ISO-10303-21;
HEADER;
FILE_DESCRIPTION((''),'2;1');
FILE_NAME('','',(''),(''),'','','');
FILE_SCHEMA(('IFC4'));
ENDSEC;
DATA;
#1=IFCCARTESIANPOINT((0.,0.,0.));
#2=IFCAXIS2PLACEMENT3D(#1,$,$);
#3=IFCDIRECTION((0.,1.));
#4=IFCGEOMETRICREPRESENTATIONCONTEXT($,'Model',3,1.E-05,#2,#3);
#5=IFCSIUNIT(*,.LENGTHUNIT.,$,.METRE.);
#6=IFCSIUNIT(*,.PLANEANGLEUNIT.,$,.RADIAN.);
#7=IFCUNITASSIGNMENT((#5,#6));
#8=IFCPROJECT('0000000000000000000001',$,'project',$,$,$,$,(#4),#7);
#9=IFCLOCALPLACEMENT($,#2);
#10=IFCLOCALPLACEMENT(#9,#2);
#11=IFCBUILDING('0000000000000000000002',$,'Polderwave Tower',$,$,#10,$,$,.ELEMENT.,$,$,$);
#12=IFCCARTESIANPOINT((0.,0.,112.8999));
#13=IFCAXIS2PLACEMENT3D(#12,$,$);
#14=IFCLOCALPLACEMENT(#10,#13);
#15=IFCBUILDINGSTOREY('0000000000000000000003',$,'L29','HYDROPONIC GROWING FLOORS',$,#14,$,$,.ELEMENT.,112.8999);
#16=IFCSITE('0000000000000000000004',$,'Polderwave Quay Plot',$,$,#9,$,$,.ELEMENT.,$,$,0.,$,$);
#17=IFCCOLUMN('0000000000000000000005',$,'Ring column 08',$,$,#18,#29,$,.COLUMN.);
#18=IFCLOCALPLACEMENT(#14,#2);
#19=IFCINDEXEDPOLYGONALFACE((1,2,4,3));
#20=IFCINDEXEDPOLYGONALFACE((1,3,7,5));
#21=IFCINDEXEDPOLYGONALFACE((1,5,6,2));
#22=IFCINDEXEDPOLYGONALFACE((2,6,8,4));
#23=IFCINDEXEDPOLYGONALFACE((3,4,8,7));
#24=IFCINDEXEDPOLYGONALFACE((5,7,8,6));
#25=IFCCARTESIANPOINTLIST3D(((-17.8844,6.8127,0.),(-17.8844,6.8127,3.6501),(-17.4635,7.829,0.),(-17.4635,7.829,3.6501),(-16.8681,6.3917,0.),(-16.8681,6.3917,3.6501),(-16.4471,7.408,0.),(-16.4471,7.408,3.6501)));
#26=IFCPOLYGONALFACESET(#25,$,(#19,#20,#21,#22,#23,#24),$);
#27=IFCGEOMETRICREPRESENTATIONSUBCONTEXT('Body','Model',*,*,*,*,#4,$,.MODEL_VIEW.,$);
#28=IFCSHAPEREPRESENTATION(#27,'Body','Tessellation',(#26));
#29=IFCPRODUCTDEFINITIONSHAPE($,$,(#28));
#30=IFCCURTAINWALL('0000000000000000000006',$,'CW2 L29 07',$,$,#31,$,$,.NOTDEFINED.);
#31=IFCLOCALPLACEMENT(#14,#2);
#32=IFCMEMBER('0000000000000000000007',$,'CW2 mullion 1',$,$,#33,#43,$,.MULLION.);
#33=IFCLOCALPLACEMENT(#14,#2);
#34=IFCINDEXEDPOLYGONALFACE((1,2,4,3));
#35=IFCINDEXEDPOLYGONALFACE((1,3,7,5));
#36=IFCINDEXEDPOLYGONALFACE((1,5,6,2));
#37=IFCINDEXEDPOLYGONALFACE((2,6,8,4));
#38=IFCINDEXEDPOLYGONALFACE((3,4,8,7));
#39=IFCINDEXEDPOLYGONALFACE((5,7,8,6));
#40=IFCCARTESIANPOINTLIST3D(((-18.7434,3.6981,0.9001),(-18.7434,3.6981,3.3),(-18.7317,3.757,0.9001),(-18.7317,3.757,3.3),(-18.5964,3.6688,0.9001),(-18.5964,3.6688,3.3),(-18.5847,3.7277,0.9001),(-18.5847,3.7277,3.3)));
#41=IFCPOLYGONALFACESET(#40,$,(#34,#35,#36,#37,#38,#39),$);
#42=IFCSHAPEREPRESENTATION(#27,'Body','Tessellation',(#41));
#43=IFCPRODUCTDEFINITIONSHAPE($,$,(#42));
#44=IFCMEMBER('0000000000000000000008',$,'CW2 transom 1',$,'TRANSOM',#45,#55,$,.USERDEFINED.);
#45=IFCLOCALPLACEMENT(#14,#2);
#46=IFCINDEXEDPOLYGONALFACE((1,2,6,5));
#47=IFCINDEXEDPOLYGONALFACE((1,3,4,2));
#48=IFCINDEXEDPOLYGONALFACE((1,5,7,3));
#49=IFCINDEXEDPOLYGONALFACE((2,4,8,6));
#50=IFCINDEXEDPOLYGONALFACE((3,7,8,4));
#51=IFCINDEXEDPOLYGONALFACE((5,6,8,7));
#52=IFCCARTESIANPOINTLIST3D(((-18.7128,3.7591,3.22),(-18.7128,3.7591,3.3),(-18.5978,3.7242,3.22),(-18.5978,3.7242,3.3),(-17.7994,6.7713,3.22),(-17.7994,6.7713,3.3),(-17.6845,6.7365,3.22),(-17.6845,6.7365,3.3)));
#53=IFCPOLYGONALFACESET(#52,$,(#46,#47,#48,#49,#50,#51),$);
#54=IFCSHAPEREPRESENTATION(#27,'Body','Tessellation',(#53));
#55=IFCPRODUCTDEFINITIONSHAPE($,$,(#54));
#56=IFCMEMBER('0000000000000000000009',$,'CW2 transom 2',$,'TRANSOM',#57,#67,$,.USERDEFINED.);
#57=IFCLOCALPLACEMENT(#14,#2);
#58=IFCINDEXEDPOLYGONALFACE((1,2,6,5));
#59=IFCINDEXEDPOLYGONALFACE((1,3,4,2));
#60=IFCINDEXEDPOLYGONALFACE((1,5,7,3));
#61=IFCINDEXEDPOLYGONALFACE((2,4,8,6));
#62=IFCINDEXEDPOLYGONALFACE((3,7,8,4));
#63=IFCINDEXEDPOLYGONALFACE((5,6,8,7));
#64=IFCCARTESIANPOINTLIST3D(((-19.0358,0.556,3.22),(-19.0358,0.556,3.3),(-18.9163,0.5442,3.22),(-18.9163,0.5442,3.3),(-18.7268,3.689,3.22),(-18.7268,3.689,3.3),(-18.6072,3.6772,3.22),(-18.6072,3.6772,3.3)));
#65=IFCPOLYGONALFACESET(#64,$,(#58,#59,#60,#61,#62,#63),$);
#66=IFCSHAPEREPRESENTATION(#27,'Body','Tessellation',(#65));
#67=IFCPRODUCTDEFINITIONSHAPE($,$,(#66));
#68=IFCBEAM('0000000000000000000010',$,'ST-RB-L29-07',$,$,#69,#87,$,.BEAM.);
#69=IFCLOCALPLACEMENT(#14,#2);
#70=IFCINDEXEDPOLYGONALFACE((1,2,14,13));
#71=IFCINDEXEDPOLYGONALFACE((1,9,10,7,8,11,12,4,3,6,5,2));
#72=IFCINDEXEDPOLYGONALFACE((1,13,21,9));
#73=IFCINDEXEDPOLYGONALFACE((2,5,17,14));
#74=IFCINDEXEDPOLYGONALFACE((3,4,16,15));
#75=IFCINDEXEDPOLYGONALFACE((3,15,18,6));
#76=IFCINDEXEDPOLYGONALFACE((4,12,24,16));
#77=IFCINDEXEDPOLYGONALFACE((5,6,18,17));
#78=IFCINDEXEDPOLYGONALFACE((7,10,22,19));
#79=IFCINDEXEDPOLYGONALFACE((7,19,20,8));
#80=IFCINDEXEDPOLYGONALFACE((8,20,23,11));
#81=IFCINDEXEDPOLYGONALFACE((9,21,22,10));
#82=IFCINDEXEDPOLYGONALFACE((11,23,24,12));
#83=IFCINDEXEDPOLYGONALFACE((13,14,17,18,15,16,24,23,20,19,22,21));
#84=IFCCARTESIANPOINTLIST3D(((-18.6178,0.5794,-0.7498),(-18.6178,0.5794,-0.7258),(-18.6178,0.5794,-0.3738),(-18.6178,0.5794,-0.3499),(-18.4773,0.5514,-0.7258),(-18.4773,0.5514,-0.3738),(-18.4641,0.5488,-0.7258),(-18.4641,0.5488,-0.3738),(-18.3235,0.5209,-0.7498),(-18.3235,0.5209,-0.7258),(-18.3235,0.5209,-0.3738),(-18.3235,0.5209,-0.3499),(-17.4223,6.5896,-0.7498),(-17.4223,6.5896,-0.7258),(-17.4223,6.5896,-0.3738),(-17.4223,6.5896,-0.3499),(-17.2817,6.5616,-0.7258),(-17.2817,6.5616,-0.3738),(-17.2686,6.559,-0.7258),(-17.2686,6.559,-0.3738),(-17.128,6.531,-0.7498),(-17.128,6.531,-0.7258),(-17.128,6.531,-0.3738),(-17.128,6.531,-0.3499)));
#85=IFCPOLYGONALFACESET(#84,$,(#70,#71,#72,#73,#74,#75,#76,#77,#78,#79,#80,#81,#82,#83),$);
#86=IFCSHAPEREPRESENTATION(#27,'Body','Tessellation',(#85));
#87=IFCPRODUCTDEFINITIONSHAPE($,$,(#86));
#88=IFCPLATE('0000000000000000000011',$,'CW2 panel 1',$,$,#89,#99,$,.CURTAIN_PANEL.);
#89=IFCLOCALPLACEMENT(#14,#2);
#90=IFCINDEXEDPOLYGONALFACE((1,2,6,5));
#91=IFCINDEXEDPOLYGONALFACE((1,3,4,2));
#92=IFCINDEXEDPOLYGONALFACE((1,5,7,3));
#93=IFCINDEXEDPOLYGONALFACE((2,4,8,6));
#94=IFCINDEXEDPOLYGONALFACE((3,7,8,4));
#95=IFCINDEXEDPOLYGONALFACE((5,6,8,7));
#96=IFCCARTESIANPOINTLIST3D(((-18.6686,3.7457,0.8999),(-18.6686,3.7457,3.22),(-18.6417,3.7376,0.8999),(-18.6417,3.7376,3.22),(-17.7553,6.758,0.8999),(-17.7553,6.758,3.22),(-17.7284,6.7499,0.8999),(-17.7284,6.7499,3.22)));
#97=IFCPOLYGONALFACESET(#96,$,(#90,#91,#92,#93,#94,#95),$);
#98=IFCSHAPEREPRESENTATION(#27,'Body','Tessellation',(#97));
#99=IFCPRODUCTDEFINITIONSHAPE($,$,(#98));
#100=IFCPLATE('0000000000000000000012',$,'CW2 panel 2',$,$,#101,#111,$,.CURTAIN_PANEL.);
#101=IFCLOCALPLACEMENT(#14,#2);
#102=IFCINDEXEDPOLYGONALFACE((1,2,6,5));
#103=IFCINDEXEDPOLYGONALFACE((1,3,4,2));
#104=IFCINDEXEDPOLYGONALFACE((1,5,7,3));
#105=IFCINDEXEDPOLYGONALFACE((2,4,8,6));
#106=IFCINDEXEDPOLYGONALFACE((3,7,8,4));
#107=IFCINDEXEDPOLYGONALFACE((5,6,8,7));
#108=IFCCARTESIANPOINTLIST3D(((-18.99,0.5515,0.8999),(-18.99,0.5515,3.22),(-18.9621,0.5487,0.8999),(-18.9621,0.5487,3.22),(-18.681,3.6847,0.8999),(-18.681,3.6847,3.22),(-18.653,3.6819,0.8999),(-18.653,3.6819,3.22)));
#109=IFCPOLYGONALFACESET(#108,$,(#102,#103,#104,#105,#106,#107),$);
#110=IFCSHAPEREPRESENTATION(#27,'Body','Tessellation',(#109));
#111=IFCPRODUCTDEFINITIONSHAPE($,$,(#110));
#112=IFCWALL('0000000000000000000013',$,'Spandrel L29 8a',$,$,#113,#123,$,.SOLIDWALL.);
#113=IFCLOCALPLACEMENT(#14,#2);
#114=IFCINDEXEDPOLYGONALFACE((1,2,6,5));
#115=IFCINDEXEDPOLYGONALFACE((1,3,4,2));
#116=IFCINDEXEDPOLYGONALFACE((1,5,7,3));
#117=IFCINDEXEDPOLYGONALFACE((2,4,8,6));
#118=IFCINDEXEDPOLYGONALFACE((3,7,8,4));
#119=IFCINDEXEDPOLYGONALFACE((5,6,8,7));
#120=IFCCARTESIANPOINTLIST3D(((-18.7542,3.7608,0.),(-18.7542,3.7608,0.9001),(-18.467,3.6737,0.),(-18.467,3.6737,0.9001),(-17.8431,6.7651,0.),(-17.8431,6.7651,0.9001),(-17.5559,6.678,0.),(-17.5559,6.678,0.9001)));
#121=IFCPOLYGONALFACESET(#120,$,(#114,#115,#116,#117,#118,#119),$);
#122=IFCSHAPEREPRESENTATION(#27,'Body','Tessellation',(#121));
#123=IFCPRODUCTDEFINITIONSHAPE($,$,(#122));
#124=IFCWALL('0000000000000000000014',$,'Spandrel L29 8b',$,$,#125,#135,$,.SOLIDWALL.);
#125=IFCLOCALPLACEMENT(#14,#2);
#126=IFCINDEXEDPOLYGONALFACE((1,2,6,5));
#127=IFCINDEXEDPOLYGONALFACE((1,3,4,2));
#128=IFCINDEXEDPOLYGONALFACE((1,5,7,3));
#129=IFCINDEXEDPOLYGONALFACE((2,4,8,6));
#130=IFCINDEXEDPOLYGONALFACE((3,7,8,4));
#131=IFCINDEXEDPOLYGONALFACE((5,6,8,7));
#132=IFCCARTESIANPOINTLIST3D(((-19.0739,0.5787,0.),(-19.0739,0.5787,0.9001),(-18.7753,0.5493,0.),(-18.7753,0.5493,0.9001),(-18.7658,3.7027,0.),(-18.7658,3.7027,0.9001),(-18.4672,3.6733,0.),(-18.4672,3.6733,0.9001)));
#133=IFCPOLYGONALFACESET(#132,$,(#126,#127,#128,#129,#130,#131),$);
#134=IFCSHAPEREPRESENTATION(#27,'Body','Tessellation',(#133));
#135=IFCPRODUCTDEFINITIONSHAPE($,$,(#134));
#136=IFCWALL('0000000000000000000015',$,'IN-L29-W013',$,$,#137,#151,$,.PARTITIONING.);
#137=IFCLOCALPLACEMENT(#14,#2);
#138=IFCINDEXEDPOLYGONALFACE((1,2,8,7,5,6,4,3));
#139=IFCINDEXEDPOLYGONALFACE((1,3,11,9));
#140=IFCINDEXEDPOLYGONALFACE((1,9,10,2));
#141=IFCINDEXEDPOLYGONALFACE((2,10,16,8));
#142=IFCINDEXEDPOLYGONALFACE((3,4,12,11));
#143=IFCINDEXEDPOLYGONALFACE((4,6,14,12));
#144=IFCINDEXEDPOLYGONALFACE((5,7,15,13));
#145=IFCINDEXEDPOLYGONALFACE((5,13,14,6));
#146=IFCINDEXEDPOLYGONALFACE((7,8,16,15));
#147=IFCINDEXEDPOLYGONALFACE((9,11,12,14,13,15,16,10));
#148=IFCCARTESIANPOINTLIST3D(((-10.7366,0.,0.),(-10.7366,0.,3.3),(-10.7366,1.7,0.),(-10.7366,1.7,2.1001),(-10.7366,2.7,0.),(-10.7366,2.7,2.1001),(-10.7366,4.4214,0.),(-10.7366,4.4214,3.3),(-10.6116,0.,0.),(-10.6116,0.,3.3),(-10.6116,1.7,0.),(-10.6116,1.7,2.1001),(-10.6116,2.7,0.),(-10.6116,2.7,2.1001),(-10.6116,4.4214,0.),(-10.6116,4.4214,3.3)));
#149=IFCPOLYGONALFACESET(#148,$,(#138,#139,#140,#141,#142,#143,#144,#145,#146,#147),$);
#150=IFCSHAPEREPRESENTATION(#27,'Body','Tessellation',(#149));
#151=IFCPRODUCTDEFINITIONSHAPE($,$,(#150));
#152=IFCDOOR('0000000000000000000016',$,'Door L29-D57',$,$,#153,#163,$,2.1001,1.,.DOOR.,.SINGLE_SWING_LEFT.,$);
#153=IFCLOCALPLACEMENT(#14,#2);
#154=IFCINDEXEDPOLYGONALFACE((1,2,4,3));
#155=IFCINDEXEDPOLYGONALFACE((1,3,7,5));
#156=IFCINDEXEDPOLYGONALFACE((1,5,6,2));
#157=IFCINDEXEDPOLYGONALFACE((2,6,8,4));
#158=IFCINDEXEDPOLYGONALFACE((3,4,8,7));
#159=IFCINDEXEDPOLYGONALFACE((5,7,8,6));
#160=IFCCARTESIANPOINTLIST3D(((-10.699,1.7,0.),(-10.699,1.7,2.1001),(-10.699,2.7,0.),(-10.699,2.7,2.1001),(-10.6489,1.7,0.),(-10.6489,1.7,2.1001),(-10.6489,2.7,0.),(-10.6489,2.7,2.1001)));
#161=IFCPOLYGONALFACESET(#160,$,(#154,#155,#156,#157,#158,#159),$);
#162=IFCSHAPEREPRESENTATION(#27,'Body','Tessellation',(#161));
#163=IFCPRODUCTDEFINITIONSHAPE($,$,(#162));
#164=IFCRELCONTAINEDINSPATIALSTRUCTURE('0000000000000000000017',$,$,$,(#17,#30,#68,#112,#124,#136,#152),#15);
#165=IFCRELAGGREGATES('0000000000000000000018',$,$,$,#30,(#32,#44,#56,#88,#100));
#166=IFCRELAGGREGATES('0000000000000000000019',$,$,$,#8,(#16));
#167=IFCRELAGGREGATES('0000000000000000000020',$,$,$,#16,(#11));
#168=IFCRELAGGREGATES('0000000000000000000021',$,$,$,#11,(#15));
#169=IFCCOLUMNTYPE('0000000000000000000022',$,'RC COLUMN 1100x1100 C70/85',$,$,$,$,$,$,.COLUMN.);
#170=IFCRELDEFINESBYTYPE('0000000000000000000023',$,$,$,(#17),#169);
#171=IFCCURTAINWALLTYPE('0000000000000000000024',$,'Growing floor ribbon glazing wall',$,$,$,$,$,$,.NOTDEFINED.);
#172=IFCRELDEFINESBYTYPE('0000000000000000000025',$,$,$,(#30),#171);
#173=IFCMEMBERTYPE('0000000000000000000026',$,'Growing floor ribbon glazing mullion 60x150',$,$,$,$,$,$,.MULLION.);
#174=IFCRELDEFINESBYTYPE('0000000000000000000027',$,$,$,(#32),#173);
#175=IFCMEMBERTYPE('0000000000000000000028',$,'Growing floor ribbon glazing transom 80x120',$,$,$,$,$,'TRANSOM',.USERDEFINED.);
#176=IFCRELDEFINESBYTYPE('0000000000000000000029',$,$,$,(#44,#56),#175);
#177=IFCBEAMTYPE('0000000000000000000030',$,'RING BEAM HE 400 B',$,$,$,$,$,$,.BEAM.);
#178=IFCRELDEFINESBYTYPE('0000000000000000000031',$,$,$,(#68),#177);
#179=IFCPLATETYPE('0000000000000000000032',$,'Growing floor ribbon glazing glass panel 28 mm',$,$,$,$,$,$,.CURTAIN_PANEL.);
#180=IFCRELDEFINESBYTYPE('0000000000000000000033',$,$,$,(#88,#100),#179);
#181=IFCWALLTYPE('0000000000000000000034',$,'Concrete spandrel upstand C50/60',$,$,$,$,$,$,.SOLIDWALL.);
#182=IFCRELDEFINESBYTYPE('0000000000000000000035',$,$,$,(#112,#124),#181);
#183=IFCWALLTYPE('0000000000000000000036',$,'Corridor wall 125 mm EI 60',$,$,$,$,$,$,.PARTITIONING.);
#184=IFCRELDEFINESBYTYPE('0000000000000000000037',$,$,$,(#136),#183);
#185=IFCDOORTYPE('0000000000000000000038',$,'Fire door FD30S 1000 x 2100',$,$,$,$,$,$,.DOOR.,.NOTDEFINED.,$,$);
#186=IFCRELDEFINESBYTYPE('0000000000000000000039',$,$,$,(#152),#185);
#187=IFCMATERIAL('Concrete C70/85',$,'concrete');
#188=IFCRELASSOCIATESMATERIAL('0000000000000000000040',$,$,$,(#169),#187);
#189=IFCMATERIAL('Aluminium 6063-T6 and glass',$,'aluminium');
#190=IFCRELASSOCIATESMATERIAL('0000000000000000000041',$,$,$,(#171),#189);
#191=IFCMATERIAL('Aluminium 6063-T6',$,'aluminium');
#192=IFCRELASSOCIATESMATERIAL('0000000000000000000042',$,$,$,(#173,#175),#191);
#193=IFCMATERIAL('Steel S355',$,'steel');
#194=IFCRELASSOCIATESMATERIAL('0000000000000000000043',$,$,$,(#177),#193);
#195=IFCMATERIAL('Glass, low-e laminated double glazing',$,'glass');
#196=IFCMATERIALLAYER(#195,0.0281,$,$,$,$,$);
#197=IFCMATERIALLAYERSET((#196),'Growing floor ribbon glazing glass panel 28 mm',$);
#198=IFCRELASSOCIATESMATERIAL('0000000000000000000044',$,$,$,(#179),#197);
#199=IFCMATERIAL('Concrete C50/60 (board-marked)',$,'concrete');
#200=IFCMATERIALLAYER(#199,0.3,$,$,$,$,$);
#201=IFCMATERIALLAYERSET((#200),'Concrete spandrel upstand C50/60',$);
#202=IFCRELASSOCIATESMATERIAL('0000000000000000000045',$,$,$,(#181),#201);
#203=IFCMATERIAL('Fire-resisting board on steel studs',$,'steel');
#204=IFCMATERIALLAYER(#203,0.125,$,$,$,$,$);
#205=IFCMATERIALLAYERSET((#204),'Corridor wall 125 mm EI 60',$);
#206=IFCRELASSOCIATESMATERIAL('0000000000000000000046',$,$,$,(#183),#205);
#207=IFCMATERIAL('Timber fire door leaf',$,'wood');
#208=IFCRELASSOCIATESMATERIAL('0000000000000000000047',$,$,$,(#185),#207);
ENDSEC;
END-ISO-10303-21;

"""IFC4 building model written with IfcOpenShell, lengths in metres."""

from ifc_helpers import new_model, si_unit, direction, frame, frame_2d, origin, origin_2d, place, context, subcontext, project, spatial, rectangle, i_section, extrude, material, layer, layer_set, material_profile, profile_set, type_object, element, fill, aggregate, save


model = new_model("IFC4")

# Units and contexts
model_context = context("Model", 3, precision=1e-05, world=origin(), true_north=direction((0.0, 1.0)))
body_context = subcontext(model_context, "Body", "Model", "MODEL_VIEW")
ifc_project = project(units=[si_unit("LENGTHUNIT", "METRE"), si_unit("PLANEANGLEUNIT", "RADIAN")], contexts=[model_context])

# Site, building, storey
site_placement = place(None, origin())
site = spatial("IfcSite", under=ifc_project, at=site_placement, Name="Polderwave Quay Plot", CompositionType="ELEMENT", RefElevation=0.0)
building_placement = place(site_placement, origin())
building = spatial("IfcBuilding", under=site, at=building_placement, Name="Polderwave Tower", CompositionType="ELEMENT")
storey_placement = place(building_placement, frame((0.0, 0.0, 112.8999)))
storey = spatial("IfcBuildingStorey", under=building, at=storey_placement, Name="L29", Description="HYDROPONIC GROWING FLOORS", CompositionType="ELEMENT", Elevation=112.8999)

# Column
ifc_material_1 = material(Name="Concrete C70/85", Category="concrete")
ifc_material_profile_1 = material_profile(ifc_material_1, rectangle(XDim=1.1001, YDim=1.1001, at=origin_2d()), Name="RC 1100x1100")
ifc_profile_set_1 = profile_set([ifc_material_profile_1], Name="Concrete C70/85")
column_type = type_object("IfcColumnType", Name="RC COLUMN 1100x1100 C70/85", PredefinedType="COLUMN", material=ifc_profile_set_1)
column_placement = place(storey_placement, frame((-17.1658, 7.1104, 0.0), z_axis=(0.0, 0.0, 1.0), x_axis=(-0.92388, 0.382683, 0.0)))
element("IfcColumn", 1, at=column_placement, inside=storey, type_object=column_type, Name="Ring column 08", PredefinedType="COLUMN", context=body_context, shape_type="SweptSolid", body=[
    extrude(rectangle(XDim=1.1001, YDim=1.1001, at=origin_2d()), origin(), (0.0, 0.0, 1.0), 3.6501),
])

# Curtain wall, members
ifc_material_2 = material(Name="Aluminium 6063-T6 and glass", Category="aluminium")
curtain_wall_type = type_object("IfcCurtainWallType", Name="Growing floor ribbon glazing wall", PredefinedType="NOTDEFINED", material=ifc_material_2)
curtain_wall_placement = place(storey_placement, origin())
curtain_wall = element("IfcCurtainWall", 2, at=curtain_wall_placement, inside=storey, type_object=curtain_wall_type, Name="CW2 L29 07", PredefinedType="NOTDEFINED")
ifc_material_3 = material(Name="Aluminium 6063-T6", Category="aluminium")
ifc_material_profile_2 = material_profile(ifc_material_3, rectangle(XDim=0.1499, YDim=0.0601, at=origin_2d()), Name="AL 60x150")
ifc_profile_set_2 = profile_set([ifc_material_profile_2], Name="Aluminium 6063-T6")
member_type_1 = type_object("IfcMemberType", Name="Growing floor ribbon glazing mullion 60x150", PredefinedType="MULLION", material=ifc_profile_set_2)
member_1_placement = place(storey_placement, frame((-18.6641, 3.7129, 0.9001), z_axis=(0.0, 0.0, 1.0), x_axis=(0.980785, -0.195092, 0.0)))
member_1 = element("IfcMember", 3, at=member_1_placement, type_object=member_type_1, Name="CW2 mullion 1", PredefinedType="MULLION", context=body_context, shape_type="SweptSolid", body=[
    extrude(rectangle(XDim=0.1499, YDim=0.0601, at=origin_2d()), origin(), (0.0, 0.0, 1.0), 2.3999),
])
ifc_material_profile_3 = material_profile(ifc_material_3, rectangle(XDim=0.1201, YDim=0.0801, at=origin_2d()), Name="AL 80x120")
ifc_profile_set_3 = profile_set([ifc_material_profile_3], Name="Aluminium 6063-T6")
member_type_2 = type_object("IfcMemberType", Name="Growing floor ribbon glazing transom 80x120", ElementType="TRANSOM", PredefinedType="USERDEFINED", material=ifc_profile_set_3)
member_2_placement = place(storey_placement, frame((-17.7419, 6.7539, 3.26), z_axis=(-0.290165, -0.956977, 0.0), x_axis=(0.956977, -0.290165, 0.0)))
member_2 = element("IfcMember", 4, at=member_2_placement, type_object=member_type_2, Name="CW2 transom 1", ObjectType="TRANSOM", PredefinedType="USERDEFINED", context=body_context, shape_type="SweptSolid", body=[
    extrude(rectangle(XDim=0.1201, YDim=0.0801, at=origin_2d()), origin(), (0.0, 0.0, 1.0), 3.1477),
])
member_3_placement = place(storey_placement, frame((-18.667, 3.6831, 3.26), z_axis=(-0.098175, -0.995169, 0.0), x_axis=(0.995169, -0.098175, 0.0)))
member_3 = element("IfcMember", 5, at=member_3_placement, type_object=member_type_2, Name="CW2 transom 2", ObjectType="TRANSOM", PredefinedType="USERDEFINED", context=body_context, shape_type="SweptSolid", body=[
    extrude(rectangle(XDim=0.1201, YDim=0.0801, at=origin_2d()), origin(), (0.0, 0.0, 1.0), 3.1482),
])

# Beam
ifc_material_4 = material(Name="Steel S355", Category="steel")
ifc_material_profile_4 = material_profile(ifc_material_4, i_section(OverallWidth=0.3, OverallDepth=0.3999, WebThickness=0.0134, FlangeThickness=0.0239, at=origin_2d()), Name="HE 400 B")
ifc_profile_set_4 = profile_set([ifc_material_profile_4], Name="Steel S355")
beam_type = type_object("IfcBeamType", Name="RING BEAM HE 400 B", PredefinedType="BEAM", material=ifc_profile_set_4)
beam_placement = place(storey_placement, frame((-17.2751, 6.5603, -0.5498), z_axis=(-0.195097, -0.980784, 0.0), x_axis=(0.980784, -0.195097, 0.0)))
element("IfcBeam", 6, at=beam_placement, inside=storey, type_object=beam_type, Name="ST-RB-L29-07", PredefinedType="BEAM", context=body_context, shape_type="SweptSolid", body=[
    extrude(i_section(OverallWidth=0.3, OverallDepth=0.3999, WebThickness=0.0134, FlangeThickness=0.0239, at=origin_2d()), origin(), (0.0, 0.0, 1.0), 6.1279),
])

# Plates
ifc_material_5 = material(Name="Glass, low-e laminated double glazing", Category="glass")
ifc_layer_1 = layer(ifc_material_5, 0.0281)
ifc_layer_set_1 = layer_set([ifc_layer_1], Name="Growing floor ribbon glazing glass panel 28 mm")
plate_type = type_object("IfcPlateType", Name="Growing floor ribbon glazing glass panel 28 mm", PredefinedType="CURTAIN_PANEL", material=ifc_layer_set_1)
plate_1_placement = place(storey_placement, frame((-18.1985, 5.2478, 0.8999), z_axis=(0.0, 0.0, 1.0), x_axis=(-0.290148, -0.956982, 0.0)))
plate_1 = element("IfcPlate", 7, at=plate_1_placement, type_object=plate_type, Name="CW2 panel 1", PredefinedType="CURTAIN_PANEL", context=body_context, shape_type="SweptSolid", body=[
    extrude(rectangle(XDim=3.1477, YDim=0.0281, at=origin_2d()), origin(), (0.0, 0.0, 1.0), 2.3201),
])
plate_2_placement = place(storey_placement, frame((-18.8215, 2.1167, 0.8999), z_axis=(0.0, 0.0, 1.0), x_axis=(-0.098165, -0.99517, 0.0)))
plate_2 = element("IfcPlate", 8, at=plate_2_placement, type_object=plate_type, Name="CW2 panel 2", PredefinedType="CURTAIN_PANEL", context=body_context, shape_type="SweptSolid", body=[
    extrude(rectangle(XDim=3.1484, YDim=0.0281, at=origin_2d()), origin(), (0.0, 0.0, 1.0), 2.3201),
])
aggregate(curtain_wall, [member_1, member_2, member_3, plate_1, plate_2])

# Walls
ifc_material_6 = material(Name="Concrete C50/60 (board-marked)", Category="concrete")
ifc_layer_2 = layer(ifc_material_6, 0.3)
ifc_layer_set_2 = layer_set([ifc_layer_2], Name="Concrete spandrel upstand C50/60")
wall_type_1 = type_object("IfcWallType", Name="Concrete spandrel upstand C50/60", PredefinedType="SOLIDWALL", material=ifc_layer_set_2)
wall_1_placement = place(storey_placement, frame((-17.6995, 6.7217, 0.0), z_axis=(0.0, 0.0, 1.0), x_axis=(-0.290215, -0.956962, 0.0)))
element("IfcWall", 9, at=wall_1_placement, inside=storey, type_object=wall_type_1, Name="Spandrel L29 8a", PredefinedType="SOLIDWALL", context=body_context, shape_type="SweptSolid", body=[
    extrude(rectangle(XDim=3.1394, YDim=0.3, at=frame_2d((1.5698, 0.0))), origin(), (0.0, 0.0, 1.0), 0.9001),
])
wall_2_placement = place(storey_placement, frame((-18.6165, 3.688, 0.0), z_axis=(0.0, 0.0, 1.0), x_axis=(-0.098148, -0.995172, 0.0)))
element("IfcWall", 10, at=wall_2_placement, inside=storey, type_object=wall_type_1, Name="Spandrel L29 8b", PredefinedType="SOLIDWALL", context=body_context, shape_type="SweptSolid", body=[
    extrude(rectangle(XDim=3.1392, YDim=0.3, at=frame_2d((1.5696, 0.0))), origin(), (0.0, 0.0, 1.0), 0.9001),
])

# Wall, opening, door
ifc_material_7 = material(Name="Fire-resisting board on steel studs", Category="steel")
ifc_layer_3 = layer(ifc_material_7, 0.125)
ifc_layer_set_3 = layer_set([ifc_layer_3], Name="Corridor wall 125 mm EI 60")
wall_type_2 = type_object("IfcWallType", Name="Corridor wall 125 mm EI 60", PredefinedType="PARTITIONING", material=ifc_layer_set_3)
wall_3_placement = place(storey_placement, frame((-10.6741, 0.0, 0.0), z_axis=(0.0, 0.0, 1.0), x_axis=(0.0, 1.0, 0.0)))
wall_3 = element("IfcWall", 11, at=wall_3_placement, inside=storey, type_object=wall_type_2, Name="IN-L29-W013", PredefinedType="PARTITIONING", context=body_context, shape_type="SweptSolid", body=[
    extrude(rectangle(XDim=4.4214, YDim=0.125, at=frame_2d((2.2107, 0.0))), origin(), (0.0, 0.0, 1.0), 3.3),
])
opening_1_placement = place(wall_3_placement, frame((1.7, 0.0, 0.0)))
opening_1 = element("IfcOpeningElement", 12, at=opening_1_placement, cuts=wall_3, PredefinedType="OPENING", context=body_context, shape_type="SweptSolid", body=[
    extrude(rectangle(XDim=1.0, YDim=2.1001, at=frame_2d((0.5, 1.05))), frame((0.0, 0.0725, 0.0), z_axis=(0.0, -1.0, 0.0), x_axis=(1.0, 0.0, 0.0)), (0.0, 0.0, 1.0), 0.145),
])
ifc_material_8 = material(Name="Timber fire door leaf", Category="wood")
door_type_1 = type_object("IfcDoorType", Name="Fire door FD30S 1000 x 2100", OperationType="NOTDEFINED", PredefinedType="DOOR", material=ifc_material_8)
door_1_placement = place(opening_1_placement, origin())
door_1 = element("IfcDoor", 13, at=door_1_placement, inside=storey, type_object=door_type_1, Name="Door L29-D57", OperationType="SINGLE_SWING_LEFT", OverallHeight=2.1001, OverallWidth=1.0, PredefinedType="DOOR", context=body_context, shape_type="SweptSolid", body=[
    extrude(rectangle(XDim=1.0, YDim=2.1001, at=frame_2d((0.5, 1.05))), frame((0.0, 0.0249, 0.0), z_axis=(0.0, -1.0, 0.0), x_axis=(1.0, 0.0, 0.0)), (0.0, 0.0, 1.0), 0.05),
])
fill(opening_1, door_1)

save(model, "model.ifc")
